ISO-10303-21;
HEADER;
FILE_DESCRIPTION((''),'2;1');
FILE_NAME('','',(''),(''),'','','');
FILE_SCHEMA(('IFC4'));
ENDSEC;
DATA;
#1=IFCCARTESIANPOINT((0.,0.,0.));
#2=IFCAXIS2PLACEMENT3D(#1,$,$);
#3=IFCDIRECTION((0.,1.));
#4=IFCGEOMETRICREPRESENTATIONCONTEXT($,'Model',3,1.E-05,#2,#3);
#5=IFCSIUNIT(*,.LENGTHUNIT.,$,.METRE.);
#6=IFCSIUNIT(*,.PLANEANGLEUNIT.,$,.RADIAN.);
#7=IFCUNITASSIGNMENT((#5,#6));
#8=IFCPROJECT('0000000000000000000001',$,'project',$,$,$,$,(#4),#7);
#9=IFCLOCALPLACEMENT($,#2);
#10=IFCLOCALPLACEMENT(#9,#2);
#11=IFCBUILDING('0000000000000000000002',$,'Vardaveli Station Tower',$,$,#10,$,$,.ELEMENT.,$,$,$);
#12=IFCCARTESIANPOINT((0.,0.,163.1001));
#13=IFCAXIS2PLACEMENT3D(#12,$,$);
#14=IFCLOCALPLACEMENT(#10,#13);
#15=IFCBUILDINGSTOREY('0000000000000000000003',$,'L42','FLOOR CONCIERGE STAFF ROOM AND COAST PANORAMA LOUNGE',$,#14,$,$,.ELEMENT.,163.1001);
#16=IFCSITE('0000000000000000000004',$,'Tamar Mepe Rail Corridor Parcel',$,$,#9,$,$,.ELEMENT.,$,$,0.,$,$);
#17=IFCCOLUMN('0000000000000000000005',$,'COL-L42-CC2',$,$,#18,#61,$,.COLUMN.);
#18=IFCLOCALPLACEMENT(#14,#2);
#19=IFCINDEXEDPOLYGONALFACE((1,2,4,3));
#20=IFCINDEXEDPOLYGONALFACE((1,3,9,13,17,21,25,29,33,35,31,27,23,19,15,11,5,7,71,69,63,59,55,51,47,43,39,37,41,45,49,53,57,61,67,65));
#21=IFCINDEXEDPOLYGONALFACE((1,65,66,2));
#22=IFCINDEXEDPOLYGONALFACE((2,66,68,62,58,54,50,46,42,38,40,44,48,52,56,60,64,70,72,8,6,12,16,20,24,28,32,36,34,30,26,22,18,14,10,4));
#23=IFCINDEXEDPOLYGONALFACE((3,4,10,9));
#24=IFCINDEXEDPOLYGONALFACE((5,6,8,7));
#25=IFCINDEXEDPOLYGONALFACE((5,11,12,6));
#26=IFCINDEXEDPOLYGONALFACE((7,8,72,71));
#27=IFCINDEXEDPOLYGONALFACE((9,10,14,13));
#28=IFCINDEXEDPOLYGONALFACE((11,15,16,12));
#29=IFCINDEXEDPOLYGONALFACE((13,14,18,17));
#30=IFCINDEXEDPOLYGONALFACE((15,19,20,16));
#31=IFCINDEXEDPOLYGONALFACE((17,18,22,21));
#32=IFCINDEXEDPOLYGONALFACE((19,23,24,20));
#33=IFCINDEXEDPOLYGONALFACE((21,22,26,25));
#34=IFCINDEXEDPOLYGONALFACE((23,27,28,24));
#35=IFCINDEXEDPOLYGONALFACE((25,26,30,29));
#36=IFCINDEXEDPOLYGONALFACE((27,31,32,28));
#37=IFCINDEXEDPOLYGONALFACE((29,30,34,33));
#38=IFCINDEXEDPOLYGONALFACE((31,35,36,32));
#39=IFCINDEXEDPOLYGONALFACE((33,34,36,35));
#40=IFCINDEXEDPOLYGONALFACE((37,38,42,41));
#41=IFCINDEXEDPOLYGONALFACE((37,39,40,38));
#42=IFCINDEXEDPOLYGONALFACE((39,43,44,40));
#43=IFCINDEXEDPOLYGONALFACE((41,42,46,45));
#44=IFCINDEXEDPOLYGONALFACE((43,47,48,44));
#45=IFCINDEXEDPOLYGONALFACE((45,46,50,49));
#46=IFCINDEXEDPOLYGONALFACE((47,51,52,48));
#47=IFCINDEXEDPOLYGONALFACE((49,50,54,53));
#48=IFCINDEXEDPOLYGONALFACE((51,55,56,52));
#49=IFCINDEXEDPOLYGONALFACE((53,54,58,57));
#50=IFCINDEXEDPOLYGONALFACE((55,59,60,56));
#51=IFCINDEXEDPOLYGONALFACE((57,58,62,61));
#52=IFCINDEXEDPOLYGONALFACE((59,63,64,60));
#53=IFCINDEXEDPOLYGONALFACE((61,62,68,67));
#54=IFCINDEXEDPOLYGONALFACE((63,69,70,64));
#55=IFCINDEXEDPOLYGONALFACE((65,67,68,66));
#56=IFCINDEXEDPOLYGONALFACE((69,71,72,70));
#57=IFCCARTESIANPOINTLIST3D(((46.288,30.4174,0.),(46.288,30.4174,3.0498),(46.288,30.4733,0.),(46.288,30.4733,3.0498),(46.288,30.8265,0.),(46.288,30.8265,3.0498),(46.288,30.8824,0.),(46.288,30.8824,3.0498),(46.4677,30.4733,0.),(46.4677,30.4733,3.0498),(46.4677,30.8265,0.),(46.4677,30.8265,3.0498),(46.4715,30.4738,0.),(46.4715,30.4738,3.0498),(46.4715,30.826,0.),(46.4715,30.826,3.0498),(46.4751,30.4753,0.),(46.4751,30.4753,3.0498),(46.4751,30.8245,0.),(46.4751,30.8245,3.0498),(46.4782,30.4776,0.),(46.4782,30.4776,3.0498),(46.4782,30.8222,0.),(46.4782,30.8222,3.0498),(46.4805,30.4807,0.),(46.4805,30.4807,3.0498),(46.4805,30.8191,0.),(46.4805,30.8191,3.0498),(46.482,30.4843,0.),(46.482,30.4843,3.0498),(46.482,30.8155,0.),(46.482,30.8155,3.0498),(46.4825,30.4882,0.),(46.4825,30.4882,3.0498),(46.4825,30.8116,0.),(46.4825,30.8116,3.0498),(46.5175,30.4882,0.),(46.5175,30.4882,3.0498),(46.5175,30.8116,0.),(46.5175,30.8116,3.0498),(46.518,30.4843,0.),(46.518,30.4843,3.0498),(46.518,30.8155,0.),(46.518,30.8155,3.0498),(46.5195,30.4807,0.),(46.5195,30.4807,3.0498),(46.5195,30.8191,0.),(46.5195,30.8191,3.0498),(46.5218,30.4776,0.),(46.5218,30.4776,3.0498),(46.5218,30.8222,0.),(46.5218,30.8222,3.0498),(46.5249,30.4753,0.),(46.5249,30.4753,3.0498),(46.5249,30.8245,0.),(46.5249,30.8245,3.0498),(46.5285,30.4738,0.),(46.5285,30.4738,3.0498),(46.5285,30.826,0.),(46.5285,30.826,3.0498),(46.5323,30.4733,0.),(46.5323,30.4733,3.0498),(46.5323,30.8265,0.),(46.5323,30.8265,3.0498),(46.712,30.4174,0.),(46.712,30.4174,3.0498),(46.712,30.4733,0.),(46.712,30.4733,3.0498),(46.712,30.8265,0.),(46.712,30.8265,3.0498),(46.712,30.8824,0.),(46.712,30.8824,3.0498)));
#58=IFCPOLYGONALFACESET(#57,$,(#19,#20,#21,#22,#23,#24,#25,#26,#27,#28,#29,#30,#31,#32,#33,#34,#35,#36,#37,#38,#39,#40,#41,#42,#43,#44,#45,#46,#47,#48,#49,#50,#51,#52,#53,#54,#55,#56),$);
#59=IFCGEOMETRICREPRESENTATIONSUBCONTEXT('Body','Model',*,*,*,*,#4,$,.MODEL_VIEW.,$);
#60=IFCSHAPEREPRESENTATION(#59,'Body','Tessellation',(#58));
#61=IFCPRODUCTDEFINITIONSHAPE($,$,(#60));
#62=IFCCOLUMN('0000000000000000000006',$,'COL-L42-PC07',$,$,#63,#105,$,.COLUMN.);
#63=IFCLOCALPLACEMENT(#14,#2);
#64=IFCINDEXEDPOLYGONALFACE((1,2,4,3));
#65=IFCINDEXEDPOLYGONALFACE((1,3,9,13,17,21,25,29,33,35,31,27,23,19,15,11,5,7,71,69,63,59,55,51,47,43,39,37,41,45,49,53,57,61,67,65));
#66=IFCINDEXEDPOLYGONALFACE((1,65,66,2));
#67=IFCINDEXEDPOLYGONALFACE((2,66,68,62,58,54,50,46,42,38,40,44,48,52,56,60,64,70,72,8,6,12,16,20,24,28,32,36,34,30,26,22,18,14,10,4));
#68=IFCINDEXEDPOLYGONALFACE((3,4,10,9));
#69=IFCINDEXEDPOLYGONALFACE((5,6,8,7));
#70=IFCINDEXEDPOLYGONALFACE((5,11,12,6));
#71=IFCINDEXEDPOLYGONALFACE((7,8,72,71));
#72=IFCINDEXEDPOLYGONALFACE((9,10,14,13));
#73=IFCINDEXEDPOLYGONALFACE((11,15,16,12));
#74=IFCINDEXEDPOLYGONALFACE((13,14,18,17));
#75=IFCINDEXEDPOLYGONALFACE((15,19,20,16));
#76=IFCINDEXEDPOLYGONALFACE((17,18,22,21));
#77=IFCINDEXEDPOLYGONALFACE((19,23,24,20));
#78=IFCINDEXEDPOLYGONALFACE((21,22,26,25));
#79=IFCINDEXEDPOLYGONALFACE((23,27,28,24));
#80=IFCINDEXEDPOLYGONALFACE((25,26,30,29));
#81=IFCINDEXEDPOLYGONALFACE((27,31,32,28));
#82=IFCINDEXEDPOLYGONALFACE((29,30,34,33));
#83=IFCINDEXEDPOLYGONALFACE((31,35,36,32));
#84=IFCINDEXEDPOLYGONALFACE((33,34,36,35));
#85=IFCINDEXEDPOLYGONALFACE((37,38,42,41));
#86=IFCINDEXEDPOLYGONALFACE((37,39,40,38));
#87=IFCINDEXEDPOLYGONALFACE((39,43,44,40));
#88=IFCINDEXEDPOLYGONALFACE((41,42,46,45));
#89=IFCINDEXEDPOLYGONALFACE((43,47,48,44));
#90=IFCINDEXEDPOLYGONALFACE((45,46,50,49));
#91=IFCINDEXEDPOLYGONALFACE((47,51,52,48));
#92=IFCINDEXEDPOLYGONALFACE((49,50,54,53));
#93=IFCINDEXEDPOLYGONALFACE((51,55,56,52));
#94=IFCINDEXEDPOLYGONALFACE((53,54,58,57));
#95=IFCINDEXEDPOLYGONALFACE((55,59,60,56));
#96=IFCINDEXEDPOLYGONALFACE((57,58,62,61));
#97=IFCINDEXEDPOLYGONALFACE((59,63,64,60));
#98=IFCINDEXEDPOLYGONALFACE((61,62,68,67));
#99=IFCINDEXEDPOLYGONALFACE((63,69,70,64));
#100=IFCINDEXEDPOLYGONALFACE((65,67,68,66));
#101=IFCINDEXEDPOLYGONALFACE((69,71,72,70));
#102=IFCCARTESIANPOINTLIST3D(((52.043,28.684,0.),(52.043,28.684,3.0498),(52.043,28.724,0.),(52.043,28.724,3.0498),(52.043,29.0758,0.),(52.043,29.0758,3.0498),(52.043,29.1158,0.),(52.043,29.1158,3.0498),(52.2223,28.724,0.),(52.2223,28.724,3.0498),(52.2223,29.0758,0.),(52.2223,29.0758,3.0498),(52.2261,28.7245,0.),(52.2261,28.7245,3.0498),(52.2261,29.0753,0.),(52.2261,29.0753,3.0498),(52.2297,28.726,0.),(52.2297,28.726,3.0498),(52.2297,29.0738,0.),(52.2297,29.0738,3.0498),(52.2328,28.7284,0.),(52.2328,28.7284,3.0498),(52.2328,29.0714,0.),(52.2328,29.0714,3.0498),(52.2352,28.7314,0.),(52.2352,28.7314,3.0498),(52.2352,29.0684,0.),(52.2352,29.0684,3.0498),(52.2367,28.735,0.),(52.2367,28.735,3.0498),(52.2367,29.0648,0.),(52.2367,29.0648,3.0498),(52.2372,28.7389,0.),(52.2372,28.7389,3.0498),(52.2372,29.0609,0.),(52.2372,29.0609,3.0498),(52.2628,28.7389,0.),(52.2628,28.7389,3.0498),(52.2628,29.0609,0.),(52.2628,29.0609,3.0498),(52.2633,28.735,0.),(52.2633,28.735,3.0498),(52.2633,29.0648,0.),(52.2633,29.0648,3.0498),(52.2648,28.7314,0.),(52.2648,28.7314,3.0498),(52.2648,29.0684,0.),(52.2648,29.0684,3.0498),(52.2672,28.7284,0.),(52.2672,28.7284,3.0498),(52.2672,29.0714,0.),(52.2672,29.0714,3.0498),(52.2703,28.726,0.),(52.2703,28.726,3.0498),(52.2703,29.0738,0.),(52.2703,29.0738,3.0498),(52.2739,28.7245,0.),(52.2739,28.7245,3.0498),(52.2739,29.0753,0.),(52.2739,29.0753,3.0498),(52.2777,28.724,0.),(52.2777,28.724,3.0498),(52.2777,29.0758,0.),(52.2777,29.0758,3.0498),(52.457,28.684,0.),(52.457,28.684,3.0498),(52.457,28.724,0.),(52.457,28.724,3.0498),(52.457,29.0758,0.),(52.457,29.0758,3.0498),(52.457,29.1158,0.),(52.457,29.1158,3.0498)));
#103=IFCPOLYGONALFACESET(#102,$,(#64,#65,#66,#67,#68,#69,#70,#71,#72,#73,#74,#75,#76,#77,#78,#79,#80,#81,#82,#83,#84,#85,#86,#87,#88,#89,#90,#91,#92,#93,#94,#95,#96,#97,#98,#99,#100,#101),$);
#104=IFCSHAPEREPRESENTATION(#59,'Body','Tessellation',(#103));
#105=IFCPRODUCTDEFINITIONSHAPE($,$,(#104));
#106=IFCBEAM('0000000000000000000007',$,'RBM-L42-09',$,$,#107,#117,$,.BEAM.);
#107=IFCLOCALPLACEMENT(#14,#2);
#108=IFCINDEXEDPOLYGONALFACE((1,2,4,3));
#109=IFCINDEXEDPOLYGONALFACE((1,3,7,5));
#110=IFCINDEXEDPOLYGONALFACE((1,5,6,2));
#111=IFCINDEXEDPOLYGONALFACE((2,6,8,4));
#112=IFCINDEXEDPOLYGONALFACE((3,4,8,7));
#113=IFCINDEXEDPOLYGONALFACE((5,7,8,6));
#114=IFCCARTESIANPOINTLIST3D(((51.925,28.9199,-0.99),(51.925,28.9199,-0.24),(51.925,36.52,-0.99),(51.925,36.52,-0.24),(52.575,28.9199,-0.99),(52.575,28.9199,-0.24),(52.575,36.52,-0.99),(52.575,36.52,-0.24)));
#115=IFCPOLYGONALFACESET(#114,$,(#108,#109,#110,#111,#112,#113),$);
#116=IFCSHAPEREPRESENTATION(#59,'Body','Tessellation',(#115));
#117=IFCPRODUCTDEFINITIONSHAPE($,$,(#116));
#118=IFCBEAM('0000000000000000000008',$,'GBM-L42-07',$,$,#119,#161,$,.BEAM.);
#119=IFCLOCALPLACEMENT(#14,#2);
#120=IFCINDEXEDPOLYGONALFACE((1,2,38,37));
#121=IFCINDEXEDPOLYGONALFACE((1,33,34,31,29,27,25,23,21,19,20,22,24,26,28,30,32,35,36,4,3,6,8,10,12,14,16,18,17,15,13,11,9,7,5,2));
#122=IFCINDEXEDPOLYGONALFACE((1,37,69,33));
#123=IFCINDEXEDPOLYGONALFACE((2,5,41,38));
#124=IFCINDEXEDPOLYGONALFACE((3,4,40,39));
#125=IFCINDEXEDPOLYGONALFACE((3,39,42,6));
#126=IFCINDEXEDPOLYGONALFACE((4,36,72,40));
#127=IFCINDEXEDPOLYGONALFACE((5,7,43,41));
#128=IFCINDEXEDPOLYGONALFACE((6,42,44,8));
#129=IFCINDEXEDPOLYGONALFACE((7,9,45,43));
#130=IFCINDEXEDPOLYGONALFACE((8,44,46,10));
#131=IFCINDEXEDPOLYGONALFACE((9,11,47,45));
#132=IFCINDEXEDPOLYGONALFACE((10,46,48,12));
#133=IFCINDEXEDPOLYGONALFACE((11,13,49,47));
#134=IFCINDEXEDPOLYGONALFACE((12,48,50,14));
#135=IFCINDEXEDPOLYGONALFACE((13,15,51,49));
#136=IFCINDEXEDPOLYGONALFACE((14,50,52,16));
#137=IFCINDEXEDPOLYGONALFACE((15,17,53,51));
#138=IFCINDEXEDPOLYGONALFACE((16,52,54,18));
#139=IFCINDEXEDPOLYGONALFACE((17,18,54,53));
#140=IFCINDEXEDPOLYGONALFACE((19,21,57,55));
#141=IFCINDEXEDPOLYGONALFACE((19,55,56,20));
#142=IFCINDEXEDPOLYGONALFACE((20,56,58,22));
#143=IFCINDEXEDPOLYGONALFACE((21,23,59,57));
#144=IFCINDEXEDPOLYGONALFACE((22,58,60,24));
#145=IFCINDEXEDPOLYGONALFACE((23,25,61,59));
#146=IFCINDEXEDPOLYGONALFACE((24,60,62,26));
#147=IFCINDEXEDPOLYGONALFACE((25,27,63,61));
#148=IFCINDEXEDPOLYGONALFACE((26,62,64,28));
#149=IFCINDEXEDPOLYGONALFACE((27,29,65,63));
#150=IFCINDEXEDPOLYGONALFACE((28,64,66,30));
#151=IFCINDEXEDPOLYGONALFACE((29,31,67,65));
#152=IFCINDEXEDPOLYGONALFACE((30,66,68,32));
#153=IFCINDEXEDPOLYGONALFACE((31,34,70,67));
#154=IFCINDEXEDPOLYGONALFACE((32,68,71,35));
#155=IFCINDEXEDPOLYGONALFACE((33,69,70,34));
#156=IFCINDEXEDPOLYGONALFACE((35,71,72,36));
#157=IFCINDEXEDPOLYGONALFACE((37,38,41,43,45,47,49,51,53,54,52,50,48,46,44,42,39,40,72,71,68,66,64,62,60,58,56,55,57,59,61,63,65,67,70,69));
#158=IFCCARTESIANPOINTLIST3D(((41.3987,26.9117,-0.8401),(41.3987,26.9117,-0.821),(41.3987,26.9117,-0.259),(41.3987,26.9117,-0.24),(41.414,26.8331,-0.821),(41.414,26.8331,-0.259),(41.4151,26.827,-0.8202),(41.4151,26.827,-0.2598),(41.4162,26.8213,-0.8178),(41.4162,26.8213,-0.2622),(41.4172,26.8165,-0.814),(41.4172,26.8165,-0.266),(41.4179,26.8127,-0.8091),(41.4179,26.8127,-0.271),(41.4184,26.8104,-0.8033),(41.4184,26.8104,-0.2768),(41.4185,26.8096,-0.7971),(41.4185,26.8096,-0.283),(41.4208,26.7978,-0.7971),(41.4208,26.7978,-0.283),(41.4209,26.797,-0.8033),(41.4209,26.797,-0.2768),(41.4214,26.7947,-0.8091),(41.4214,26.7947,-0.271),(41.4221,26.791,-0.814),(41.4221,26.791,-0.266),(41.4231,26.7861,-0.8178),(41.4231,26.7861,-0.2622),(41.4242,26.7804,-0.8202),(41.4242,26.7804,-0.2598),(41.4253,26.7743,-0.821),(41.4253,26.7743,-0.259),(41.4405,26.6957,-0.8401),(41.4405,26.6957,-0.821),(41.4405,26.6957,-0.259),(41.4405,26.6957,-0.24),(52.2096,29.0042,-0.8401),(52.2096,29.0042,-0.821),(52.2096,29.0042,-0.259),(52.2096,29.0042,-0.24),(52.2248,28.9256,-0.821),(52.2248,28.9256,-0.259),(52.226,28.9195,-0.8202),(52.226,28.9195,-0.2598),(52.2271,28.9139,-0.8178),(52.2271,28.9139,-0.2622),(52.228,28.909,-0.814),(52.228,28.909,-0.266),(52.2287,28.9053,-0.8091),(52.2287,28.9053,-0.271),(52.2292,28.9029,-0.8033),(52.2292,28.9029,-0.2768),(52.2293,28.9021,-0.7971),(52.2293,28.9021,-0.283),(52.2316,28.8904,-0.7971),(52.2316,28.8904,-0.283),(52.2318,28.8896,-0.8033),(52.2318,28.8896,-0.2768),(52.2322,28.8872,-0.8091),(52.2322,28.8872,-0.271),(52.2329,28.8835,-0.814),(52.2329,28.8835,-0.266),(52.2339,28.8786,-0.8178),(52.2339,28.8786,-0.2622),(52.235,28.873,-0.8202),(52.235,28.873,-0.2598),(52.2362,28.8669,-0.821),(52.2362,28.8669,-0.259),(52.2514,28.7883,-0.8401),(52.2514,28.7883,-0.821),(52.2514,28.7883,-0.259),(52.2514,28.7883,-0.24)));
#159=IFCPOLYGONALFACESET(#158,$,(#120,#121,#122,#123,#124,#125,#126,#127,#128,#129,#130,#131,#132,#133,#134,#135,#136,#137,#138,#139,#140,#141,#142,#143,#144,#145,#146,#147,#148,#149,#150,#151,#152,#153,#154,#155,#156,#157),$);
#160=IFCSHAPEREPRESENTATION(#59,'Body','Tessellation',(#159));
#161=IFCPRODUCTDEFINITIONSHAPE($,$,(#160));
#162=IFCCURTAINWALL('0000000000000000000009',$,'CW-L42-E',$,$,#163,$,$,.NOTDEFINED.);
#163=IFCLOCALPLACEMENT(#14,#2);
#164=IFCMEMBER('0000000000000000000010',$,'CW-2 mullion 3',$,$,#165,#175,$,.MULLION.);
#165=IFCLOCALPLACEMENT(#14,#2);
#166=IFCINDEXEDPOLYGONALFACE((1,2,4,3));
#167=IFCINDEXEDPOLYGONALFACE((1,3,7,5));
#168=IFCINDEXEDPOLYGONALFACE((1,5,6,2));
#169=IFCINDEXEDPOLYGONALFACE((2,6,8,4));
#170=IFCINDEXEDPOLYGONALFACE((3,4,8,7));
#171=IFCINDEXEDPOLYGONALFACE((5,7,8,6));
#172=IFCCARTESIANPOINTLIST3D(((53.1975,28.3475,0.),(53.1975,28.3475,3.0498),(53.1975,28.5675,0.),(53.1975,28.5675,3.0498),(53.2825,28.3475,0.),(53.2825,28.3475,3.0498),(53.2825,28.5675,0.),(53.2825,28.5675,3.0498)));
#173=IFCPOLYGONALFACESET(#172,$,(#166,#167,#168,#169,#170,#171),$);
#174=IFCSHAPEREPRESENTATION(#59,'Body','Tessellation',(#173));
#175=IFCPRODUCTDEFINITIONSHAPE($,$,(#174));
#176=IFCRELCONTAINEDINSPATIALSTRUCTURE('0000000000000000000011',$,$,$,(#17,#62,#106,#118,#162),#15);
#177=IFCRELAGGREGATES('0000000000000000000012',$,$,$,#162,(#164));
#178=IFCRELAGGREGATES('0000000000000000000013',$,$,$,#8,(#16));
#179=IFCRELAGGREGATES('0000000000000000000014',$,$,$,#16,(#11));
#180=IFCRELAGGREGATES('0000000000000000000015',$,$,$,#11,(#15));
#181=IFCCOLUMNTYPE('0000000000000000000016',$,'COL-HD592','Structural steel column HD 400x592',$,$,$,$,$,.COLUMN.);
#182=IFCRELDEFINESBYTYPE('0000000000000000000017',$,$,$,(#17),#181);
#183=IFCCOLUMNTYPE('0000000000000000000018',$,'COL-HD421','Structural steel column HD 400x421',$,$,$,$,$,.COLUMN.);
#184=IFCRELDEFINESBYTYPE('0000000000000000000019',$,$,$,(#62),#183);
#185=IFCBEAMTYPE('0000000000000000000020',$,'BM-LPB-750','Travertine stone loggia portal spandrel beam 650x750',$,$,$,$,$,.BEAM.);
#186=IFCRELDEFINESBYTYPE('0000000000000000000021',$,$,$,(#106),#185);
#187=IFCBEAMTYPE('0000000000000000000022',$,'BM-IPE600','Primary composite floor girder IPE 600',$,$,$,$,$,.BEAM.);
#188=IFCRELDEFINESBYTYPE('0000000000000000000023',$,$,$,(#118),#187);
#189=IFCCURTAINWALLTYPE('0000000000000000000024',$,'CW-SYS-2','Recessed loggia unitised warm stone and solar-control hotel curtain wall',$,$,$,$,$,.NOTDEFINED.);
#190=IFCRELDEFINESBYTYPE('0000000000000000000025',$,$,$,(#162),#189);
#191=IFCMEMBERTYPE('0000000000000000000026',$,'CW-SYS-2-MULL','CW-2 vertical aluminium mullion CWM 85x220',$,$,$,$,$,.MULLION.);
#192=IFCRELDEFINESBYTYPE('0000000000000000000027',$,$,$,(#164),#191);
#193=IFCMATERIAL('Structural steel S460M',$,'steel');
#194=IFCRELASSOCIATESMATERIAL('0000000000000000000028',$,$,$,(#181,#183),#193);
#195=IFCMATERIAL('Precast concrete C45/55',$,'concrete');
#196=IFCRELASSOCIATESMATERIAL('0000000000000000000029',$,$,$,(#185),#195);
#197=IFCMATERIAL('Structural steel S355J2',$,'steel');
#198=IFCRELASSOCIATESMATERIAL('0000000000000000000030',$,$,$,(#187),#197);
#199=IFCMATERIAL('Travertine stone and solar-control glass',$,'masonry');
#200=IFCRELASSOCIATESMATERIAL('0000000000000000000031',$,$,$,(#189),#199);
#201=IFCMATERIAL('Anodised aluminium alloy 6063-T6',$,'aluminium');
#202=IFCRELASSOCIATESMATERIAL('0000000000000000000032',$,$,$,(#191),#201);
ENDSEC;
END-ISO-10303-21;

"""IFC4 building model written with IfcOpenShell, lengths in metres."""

from ifc_helpers import new_model, si_unit, direction, frame, origin, origin_2d, place, context, subcontext, project, spatial, rectangle, i_section, extrude, source, transform, mapped, material, material_profile, profile_set, type_object, element, aggregate, save


model = new_model("IFC4")

# Units and contexts
model_context = context("Model", 3, precision=1e-05, world=origin(), true_north=direction((0.0, 1.0)))
body_context = subcontext(model_context, "Body", "Model", "MODEL_VIEW")
ifc_project = project(units=[si_unit("LENGTHUNIT", "METRE"), si_unit("PLANEANGLEUNIT", "RADIAN")], contexts=[model_context])

# Site, building, storey
site_placement = place(None, origin())
site = spatial("IfcSite", under=ifc_project, at=site_placement, Name="Tamar Mepe Rail Corridor Parcel", CompositionType="ELEMENT", RefElevation=0.0)
building_placement = place(site_placement, origin())
building = spatial("IfcBuilding", under=site, at=building_placement, Name="Vardaveli Station Tower", CompositionType="ELEMENT")
storey_placement = place(building_placement, frame((0.0, 0.0, 163.1001)))
storey = spatial("IfcBuildingStorey", under=building, at=storey_placement, Name="L42", Description="FLOOR CONCIERGE STAFF ROOM AND COAST PANORAMA LOUNGE", CompositionType="ELEMENT", Elevation=163.1001)

# Columns
ifc_material_1 = material(Name="Structural steel S460M", Category="steel")
ifc_material_profile_1 = material_profile(ifc_material_1, i_section(OverallWidth=0.4241, OverallDepth=0.4651, WebThickness=0.0349, FlangeThickness=0.0559, FilletRadius=0.0149, at=origin_2d()), Name="HD 400x592")
ifc_profile_set_1 = profile_set([ifc_material_profile_1], Name="Structural steel S460M")
column_type_1 = type_object("IfcColumnType", Name="COL-HD592", Description="Structural steel column HD 400x592", PredefinedType="COLUMN", material=ifc_profile_set_1)
shared_shape_1 = source(origin(), body_context, "Body", "SweptSolid", [
    extrude(i_section(OverallWidth=0.4241, OverallDepth=0.4651, WebThickness=0.0349, FlangeThickness=0.0559, FilletRadius=0.0149, at=origin_2d()), origin(), (0.0, 0.0, 1.0), 3.0498),
])
column_1_placement = place(storey_placement, frame((46.5, 30.6499, 0.0), z_axis=(0.0, 0.0, 1.0), x_axis=(1.0, 0.0, 0.0)))
element("IfcColumn", 1, at=column_1_placement, inside=storey, type_object=column_type_1, Name="COL-L42-CC2", PredefinedType="COLUMN", context=body_context, shape_type="MappedRepresentation", body=[
    mapped(shared_shape_1, transform((0.0, 0.0, 0.0), scale=1.0)),
])
ifc_material_profile_2 = material_profile(ifc_material_1, i_section(OverallWidth=0.4141, OverallDepth=0.4319, WebThickness=0.0256, FlangeThickness=0.04, FilletRadius=0.0149, at=origin_2d()), Name="HD 400x421")
ifc_profile_set_2 = profile_set([ifc_material_profile_2], Name="Structural steel S460M")
column_type_2 = type_object("IfcColumnType", Name="COL-HD421", Description="Structural steel column HD 400x421", PredefinedType="COLUMN", material=ifc_profile_set_2)
shared_shape_2 = source(origin(), body_context, "Body", "SweptSolid", [
    extrude(i_section(OverallWidth=0.4141, OverallDepth=0.4319, WebThickness=0.0256, FlangeThickness=0.04, FilletRadius=0.0149, at=origin_2d()), origin(), (0.0, 0.0, 1.0), 3.0498),
])
column_2_placement = place(storey_placement, frame((52.25, 28.8999, 0.0), z_axis=(0.0, 0.0, 1.0), x_axis=(1.0, 0.0, 0.0)))
element("IfcColumn", 2, at=column_2_placement, inside=storey, type_object=column_type_2, Name="COL-L42-PC07", PredefinedType="COLUMN", context=body_context, shape_type="MappedRepresentation", body=[
    mapped(shared_shape_2, transform((0.0, 0.0, 0.0), scale=1.0)),
])

# Beams
ifc_material_2 = material(Name="Precast concrete C45/55", Category="concrete")
ifc_material_profile_3 = material_profile(ifc_material_2, rectangle(XDim=0.6499, YDim=0.75, at=origin_2d()), Name="LPB 650x750")
ifc_profile_set_3 = profile_set([ifc_material_profile_3], Name="Precast concrete C45/55")
beam_type_1 = type_object("IfcBeamType", Name="BM-LPB-750", Description="Travertine stone loggia portal spandrel beam 650x750", PredefinedType="BEAM", material=ifc_profile_set_3)
shared_shape_3 = source(origin(), body_context, "Body", "SweptSolid", [
    extrude(rectangle(XDim=0.6499, YDim=0.75, at=origin_2d()), origin(), (0.0, 0.0, 1.0), 7.6001),
])
beam_1_placement = place(storey_placement, frame((52.25, 28.9199, -0.615), z_axis=(0.0, 1.0, 0.0), x_axis=(-1.0, 0.0, 0.0)))
element("IfcBeam", 3, at=beam_1_placement, inside=storey, type_object=beam_type_1, Name="RBM-L42-09", PredefinedType="BEAM", context=body_context, shape_type="MappedRepresentation", body=[
    mapped(shared_shape_3, transform((0.0, 0.0, 0.0), scale=1.0)),
])
ifc_material_3 = material(Name="Structural steel S355J2", Category="steel")
ifc_material_profile_4 = material_profile(ifc_material_3, i_section(OverallWidth=0.22, OverallDepth=0.6001, WebThickness=0.012, FlangeThickness=0.019, FilletRadius=0.0239, at=origin_2d()), Name="IPE 600")
ifc_profile_set_4 = profile_set([ifc_material_profile_4], Name="Structural steel S355J2")
beam_type_2 = type_object("IfcBeamType", Name="BM-IPE600", Description="Primary composite floor girder IPE 600", PredefinedType="BEAM", material=ifc_profile_set_4)
shared_shape_4 = source(origin(), body_context, "Body", "SweptSolid", [
    extrude(i_section(OverallWidth=0.22, OverallDepth=0.6001, WebThickness=0.012, FlangeThickness=0.019, FilletRadius=0.0239, at=origin_2d()), origin(), (0.0, 0.0, 1.0), 11.0115),
])
beam_2_placement = place(storey_placement, frame((52.2305, 28.8962, -0.54), z_axis=(-0.981778, -0.190032, 0.0), x_axis=(0.190032, -0.981778, 0.0)))
element("IfcBeam", 4, at=beam_2_placement, inside=storey, type_object=beam_type_2, Name="GBM-L42-07", PredefinedType="BEAM", context=body_context, shape_type="MappedRepresentation", body=[
    mapped(shared_shape_4, transform((0.0, 0.0, 0.0), scale=1.0)),
])

# Curtain wall, member
ifc_material_4 = material(Name="Travertine stone and solar-control glass", Category="masonry")
curtain_wall_type = type_object("IfcCurtainWallType", Name="CW-SYS-2", Description="Recessed loggia unitised warm stone and solar-control hotel curtain wall", PredefinedType="NOTDEFINED", material=ifc_material_4)
curtain_wall_placement = place(storey_placement, origin())
curtain_wall = element("IfcCurtainWall", 5, at=curtain_wall_placement, inside=storey, type_object=curtain_wall_type, Name="CW-L42-E", PredefinedType="NOTDEFINED")
ifc_material_5 = material(Name="Anodised aluminium alloy 6063-T6", Category="aluminium")
ifc_material_profile_5 = material_profile(ifc_material_5, rectangle(XDim=0.085, YDim=0.22, at=origin_2d()), Name="CWM 85x220")
ifc_profile_set_5 = profile_set([ifc_material_profile_5], Name="Anodised aluminium alloy 6063-T6")
member_type = type_object("IfcMemberType", Name="CW-SYS-2-MULL", Description="CW-2 vertical aluminium mullion CWM 85x220", PredefinedType="MULLION", material=ifc_profile_set_5)
shared_shape_5 = source(origin(), body_context, "Body", "SweptSolid", [
    extrude(rectangle(XDim=0.085, YDim=0.22, at=origin_2d()), origin(), (0.0, 0.0, 1.0), 3.0498),
])
member_placement = place(storey_placement, frame((53.24, 28.4575, 0.0), z_axis=(0.0, 0.0, 1.0), x_axis=(-1.0, 0.0, 0.0)))
member = element("IfcMember", 6, at=member_placement, type_object=member_type, Name="CW-2 mullion 3", PredefinedType="MULLION", context=body_context, shape_type="MappedRepresentation", body=[
    mapped(shared_shape_5, transform((0.0, 0.0, 0.0), scale=1.0)),
])
aggregate(curtain_wall, [member])

save(model, "model.ifc")
